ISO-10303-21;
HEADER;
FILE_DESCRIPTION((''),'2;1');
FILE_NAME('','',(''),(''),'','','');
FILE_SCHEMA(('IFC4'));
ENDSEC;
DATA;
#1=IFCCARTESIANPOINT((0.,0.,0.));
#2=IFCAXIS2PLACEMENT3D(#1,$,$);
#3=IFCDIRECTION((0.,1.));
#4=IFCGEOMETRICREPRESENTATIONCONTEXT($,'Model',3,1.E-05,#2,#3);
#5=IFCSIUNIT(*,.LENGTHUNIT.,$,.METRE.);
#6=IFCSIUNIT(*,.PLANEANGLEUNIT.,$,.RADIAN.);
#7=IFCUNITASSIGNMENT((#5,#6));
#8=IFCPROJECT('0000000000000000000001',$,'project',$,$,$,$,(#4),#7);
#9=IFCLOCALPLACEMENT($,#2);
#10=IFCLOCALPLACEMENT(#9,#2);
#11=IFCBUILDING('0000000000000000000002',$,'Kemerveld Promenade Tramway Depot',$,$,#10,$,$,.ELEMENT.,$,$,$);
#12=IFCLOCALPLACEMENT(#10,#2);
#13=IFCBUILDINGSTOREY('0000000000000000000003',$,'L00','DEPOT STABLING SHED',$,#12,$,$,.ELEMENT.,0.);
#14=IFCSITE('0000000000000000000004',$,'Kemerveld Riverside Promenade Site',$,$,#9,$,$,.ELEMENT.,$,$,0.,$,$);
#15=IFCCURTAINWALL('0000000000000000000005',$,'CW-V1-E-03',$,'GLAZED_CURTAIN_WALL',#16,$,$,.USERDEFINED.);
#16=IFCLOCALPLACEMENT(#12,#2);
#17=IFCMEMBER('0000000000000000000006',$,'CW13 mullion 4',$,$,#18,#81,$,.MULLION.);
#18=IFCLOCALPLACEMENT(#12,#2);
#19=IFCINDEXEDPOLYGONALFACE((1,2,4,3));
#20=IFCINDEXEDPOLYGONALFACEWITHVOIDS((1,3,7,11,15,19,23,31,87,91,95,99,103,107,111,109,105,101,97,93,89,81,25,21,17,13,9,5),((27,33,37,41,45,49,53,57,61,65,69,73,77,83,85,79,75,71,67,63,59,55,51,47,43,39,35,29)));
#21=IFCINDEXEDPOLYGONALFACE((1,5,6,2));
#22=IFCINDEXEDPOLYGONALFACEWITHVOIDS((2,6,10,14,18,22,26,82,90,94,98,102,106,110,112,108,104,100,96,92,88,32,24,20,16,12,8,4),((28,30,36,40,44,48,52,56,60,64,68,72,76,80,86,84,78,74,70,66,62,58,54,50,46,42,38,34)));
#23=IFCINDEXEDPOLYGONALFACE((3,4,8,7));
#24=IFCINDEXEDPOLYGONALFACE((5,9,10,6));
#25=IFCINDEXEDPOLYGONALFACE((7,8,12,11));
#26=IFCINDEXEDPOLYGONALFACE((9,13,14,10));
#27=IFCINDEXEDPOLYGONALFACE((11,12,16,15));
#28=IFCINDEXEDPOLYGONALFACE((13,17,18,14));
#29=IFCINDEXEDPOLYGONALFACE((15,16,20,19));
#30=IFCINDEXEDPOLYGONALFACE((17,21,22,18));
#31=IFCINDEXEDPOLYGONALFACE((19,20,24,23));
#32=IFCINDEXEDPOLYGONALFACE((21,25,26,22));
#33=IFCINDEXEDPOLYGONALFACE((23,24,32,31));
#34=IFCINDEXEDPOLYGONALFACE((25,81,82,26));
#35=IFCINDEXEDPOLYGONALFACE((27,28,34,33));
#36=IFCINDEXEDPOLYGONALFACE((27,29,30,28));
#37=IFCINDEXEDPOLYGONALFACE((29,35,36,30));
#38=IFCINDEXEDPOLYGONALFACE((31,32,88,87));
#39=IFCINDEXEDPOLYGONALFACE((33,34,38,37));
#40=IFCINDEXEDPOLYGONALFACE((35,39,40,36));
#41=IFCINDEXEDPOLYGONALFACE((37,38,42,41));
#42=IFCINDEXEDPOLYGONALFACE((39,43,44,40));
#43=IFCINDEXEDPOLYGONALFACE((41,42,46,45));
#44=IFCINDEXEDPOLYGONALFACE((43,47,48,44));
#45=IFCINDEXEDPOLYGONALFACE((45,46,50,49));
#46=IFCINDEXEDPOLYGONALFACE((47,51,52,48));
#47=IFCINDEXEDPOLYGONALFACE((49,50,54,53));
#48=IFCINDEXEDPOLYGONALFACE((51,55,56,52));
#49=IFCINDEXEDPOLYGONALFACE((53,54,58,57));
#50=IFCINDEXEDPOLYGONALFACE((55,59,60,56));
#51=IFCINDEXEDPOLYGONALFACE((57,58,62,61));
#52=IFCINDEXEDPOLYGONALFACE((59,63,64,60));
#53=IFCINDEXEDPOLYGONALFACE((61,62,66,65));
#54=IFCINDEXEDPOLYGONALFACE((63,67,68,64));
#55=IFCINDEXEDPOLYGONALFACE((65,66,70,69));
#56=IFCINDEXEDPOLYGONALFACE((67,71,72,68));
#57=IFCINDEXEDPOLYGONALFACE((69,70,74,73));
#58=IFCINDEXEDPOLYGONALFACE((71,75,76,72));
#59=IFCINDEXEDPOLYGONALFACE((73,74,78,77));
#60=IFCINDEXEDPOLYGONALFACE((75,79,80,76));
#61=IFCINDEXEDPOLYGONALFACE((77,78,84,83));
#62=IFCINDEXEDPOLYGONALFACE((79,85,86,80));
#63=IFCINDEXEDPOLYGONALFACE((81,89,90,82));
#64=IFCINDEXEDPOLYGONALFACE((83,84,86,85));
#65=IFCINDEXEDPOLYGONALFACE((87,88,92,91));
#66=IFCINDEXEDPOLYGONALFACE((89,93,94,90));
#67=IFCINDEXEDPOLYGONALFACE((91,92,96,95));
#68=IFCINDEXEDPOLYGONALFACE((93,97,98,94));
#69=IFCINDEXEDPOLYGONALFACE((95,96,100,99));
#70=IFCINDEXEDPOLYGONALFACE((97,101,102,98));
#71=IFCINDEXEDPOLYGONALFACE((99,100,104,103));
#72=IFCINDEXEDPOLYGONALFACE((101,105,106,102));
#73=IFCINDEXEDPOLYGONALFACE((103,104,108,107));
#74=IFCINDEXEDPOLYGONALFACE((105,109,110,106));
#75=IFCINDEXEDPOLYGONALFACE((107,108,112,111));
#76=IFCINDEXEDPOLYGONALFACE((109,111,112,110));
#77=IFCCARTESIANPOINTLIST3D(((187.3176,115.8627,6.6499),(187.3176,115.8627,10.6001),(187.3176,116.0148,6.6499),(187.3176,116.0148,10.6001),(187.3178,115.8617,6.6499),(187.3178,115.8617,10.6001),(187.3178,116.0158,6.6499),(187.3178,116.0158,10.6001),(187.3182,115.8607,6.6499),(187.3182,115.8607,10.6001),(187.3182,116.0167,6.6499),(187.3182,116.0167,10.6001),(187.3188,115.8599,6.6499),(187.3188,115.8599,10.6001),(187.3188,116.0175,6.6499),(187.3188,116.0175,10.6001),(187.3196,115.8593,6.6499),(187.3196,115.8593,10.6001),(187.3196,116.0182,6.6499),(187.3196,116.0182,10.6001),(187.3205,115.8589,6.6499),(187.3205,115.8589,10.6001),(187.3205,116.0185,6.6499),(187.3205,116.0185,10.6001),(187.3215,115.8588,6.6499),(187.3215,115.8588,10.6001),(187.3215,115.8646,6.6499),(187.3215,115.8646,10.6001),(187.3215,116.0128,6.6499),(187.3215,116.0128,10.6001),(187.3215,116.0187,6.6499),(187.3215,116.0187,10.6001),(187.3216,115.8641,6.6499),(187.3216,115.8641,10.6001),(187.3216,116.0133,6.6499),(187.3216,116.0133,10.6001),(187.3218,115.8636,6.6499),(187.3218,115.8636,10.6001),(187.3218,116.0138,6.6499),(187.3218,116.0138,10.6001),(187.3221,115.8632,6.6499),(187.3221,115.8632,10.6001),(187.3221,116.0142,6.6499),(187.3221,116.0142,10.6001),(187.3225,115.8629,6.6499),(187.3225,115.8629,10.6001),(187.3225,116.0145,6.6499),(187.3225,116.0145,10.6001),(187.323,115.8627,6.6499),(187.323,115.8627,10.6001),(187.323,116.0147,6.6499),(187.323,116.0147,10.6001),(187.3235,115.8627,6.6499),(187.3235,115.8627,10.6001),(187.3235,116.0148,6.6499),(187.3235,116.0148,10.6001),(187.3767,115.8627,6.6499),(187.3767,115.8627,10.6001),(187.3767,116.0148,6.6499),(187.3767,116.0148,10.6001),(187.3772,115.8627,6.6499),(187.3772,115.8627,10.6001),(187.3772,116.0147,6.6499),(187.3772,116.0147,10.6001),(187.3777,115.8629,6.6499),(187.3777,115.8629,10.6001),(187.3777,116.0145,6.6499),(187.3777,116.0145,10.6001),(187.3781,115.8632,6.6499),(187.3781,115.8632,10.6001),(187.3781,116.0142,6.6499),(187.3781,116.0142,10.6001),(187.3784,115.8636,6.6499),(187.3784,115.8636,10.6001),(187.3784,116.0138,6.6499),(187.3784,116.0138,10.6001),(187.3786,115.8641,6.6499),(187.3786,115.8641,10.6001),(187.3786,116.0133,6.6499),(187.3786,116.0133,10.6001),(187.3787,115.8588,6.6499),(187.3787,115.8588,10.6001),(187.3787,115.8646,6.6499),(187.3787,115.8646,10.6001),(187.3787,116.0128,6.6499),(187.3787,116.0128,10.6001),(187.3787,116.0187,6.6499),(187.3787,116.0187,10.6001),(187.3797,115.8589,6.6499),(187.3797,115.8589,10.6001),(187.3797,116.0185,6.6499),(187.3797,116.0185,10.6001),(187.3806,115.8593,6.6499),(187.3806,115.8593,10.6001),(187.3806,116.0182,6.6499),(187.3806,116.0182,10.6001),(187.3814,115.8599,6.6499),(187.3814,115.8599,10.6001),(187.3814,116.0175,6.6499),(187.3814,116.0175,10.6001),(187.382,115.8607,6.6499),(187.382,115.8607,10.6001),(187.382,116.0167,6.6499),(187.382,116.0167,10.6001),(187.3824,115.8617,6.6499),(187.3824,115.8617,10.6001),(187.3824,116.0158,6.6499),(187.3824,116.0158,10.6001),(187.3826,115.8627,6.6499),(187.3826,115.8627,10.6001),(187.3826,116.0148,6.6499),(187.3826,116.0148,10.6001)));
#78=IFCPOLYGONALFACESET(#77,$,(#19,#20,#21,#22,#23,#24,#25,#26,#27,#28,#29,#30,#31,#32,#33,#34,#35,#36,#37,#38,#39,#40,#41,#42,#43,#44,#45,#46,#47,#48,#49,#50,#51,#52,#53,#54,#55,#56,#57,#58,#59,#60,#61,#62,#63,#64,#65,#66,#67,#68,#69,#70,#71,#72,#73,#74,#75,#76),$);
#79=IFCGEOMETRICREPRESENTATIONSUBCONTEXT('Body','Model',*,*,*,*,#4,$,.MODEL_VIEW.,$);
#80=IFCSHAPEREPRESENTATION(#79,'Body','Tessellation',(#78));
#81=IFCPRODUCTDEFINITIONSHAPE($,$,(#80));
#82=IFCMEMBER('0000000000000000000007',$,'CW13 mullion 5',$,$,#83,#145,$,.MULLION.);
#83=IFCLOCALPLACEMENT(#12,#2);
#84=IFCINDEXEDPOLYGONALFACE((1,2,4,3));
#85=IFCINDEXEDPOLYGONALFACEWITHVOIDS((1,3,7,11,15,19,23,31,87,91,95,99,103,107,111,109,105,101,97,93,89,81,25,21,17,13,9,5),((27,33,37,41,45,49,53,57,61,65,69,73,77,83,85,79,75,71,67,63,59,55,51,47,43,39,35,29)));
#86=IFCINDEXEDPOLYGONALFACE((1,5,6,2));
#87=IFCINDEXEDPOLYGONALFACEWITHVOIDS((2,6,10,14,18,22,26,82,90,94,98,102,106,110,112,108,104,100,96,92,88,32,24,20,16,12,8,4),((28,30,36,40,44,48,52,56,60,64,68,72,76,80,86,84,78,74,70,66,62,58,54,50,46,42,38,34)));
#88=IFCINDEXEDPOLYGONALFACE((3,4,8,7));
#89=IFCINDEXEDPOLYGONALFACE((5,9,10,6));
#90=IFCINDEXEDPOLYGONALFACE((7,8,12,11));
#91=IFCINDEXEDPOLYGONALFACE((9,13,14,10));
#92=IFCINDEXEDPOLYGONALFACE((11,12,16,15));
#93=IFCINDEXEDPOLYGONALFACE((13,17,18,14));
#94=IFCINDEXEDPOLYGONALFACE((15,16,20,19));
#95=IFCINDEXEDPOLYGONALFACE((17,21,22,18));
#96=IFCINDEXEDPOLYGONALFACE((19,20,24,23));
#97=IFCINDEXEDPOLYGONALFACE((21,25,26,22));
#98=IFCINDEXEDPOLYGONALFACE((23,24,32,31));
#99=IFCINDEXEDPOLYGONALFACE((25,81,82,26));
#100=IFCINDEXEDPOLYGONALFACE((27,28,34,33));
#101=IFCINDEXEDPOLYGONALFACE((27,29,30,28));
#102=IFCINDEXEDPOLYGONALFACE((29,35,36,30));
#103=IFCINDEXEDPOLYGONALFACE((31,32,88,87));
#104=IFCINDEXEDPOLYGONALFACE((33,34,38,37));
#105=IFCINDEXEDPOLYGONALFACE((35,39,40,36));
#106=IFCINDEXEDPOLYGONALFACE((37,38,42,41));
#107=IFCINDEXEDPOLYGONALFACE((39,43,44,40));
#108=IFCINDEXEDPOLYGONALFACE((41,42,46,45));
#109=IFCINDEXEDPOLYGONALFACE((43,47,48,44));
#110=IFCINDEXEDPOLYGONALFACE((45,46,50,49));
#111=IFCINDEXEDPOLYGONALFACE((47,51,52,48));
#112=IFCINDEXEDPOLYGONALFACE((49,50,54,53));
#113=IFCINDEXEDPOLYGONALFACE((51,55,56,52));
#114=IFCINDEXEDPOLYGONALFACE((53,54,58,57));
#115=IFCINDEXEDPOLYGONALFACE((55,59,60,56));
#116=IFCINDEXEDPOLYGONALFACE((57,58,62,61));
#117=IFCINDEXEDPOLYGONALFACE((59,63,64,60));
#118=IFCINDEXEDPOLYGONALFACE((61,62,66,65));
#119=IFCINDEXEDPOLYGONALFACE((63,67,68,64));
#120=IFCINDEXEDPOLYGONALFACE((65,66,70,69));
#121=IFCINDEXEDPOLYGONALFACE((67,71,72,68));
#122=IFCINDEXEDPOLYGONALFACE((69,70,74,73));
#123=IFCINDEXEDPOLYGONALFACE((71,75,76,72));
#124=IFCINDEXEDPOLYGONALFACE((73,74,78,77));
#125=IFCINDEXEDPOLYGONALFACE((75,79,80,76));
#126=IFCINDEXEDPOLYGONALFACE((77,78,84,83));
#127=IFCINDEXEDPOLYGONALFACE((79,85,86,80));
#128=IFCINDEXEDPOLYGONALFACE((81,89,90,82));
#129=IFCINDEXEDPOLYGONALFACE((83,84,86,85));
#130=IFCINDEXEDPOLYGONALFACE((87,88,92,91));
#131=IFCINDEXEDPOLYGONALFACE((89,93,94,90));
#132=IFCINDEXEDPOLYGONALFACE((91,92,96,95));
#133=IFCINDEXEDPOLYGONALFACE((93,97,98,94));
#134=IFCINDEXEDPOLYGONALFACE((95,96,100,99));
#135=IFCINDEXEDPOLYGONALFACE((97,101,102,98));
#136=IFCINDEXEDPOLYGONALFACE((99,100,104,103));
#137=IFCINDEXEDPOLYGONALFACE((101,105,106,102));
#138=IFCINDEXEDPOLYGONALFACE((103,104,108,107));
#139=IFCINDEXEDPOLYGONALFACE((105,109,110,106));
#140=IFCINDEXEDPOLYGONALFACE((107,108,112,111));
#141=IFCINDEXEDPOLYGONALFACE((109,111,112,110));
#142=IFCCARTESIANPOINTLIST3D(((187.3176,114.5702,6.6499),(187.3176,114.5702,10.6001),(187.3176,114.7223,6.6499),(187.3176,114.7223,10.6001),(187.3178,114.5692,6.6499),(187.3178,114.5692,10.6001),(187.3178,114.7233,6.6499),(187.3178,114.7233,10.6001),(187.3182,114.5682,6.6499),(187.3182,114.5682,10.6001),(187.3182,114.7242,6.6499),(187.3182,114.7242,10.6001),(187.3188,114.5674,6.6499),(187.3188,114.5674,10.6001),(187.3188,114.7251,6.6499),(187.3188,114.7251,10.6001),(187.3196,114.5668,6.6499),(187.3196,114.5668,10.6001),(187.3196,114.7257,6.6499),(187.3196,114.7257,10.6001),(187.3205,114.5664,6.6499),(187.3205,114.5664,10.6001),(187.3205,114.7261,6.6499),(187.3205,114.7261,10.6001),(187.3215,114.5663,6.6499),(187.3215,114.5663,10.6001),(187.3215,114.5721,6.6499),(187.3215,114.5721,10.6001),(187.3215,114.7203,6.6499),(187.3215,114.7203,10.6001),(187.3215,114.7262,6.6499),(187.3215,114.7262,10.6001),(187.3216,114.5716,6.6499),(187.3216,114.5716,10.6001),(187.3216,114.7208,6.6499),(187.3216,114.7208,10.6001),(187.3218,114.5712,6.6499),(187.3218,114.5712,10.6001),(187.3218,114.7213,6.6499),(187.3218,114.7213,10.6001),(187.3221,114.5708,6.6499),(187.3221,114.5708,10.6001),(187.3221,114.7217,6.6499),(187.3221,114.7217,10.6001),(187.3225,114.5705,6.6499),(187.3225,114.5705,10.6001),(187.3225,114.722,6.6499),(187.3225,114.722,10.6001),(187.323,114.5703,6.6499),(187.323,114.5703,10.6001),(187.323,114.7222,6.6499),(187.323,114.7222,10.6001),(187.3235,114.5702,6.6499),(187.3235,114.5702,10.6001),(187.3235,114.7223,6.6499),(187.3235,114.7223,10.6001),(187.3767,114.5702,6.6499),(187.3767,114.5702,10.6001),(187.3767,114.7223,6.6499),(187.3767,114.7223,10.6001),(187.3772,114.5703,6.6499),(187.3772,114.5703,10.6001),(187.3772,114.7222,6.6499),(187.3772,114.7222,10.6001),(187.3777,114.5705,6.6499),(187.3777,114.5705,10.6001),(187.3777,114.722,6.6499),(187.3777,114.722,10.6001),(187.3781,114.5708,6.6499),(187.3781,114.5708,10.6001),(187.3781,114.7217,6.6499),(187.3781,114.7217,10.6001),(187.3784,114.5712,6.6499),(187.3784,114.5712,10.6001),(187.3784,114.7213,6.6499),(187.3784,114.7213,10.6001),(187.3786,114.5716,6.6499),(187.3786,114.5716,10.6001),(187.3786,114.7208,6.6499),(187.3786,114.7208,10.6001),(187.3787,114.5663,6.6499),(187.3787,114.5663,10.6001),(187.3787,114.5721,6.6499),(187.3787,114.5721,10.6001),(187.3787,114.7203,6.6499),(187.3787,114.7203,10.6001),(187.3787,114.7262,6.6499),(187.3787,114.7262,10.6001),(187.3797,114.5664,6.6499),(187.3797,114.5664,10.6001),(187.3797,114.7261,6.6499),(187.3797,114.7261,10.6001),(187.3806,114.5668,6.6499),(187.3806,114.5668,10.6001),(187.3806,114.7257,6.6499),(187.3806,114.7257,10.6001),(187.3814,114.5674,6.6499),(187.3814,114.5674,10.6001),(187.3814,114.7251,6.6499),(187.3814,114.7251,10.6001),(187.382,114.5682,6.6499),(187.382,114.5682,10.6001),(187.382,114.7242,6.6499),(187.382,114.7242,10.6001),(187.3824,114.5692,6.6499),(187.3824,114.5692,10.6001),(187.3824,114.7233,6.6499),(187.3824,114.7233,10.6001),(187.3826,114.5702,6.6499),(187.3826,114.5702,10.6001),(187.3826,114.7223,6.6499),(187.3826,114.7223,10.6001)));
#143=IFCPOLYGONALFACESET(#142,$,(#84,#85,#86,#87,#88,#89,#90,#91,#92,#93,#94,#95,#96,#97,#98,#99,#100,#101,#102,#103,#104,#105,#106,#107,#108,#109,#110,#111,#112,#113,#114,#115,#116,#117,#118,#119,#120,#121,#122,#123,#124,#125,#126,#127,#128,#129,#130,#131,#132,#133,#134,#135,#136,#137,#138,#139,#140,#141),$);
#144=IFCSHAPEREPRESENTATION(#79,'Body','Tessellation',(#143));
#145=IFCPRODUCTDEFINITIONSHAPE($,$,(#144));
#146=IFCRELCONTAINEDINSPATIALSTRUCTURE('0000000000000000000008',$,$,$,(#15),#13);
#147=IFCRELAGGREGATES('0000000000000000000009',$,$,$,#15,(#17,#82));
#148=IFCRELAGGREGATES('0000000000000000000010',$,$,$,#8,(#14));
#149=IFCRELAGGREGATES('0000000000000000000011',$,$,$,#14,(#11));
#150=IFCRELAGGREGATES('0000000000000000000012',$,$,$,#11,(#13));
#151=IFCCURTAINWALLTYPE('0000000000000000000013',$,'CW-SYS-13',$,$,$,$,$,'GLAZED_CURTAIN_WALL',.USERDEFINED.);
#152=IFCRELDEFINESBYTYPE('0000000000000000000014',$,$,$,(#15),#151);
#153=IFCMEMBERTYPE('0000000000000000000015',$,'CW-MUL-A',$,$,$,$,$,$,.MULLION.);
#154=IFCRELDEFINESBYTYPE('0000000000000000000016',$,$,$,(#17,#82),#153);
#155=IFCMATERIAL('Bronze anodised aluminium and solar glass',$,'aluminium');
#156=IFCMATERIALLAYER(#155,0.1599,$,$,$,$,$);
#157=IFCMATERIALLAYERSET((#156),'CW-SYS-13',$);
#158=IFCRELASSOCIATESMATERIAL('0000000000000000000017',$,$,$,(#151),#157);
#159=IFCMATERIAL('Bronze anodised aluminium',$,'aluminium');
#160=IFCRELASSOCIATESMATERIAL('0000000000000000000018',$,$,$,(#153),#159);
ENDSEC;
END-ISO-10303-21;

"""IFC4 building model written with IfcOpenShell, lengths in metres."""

from ifc_helpers import new_model, si_unit, direction, frame, origin, origin_2d, place, context, subcontext, project, spatial, hollow_rectangle, extrude, material, layer, layer_set, material_profile, profile_set, type_object, element, aggregate, save


model = new_model("IFC4")

# Units and contexts
model_context = context("Model", 3, precision=1e-05, world=origin(), true_north=direction((0.0, 1.0)))
body_context = subcontext(model_context, "Body", "Model", "MODEL_VIEW")
ifc_project = project(units=[si_unit("LENGTHUNIT", "METRE"), si_unit("PLANEANGLEUNIT", "RADIAN")], contexts=[model_context])

# Site, building, storey
site_placement = place(None, origin())
site = spatial("IfcSite", under=ifc_project, at=site_placement, Name="Kemerveld Riverside Promenade Site", CompositionType="ELEMENT", RefElevation=0.0)
building_placement = place(site_placement, origin())
building = spatial("IfcBuilding", under=site, at=building_placement, Name="Kemerveld Promenade Tramway Depot", CompositionType="ELEMENT")
storey_placement = place(building_placement, origin())
storey = spatial("IfcBuildingStorey", under=building, at=storey_placement, Name="L00", Description="DEPOT STABLING SHED", CompositionType="ELEMENT", Elevation=0.0)

# Curtain wall, members
ifc_material_1 = material(Name="Bronze anodised aluminium and solar glass", Category="aluminium")
ifc_layer_1 = layer(ifc_material_1, 0.1599)
ifc_layer_set_1 = layer_set([ifc_layer_1], Name="CW-SYS-13")
curtain_wall_type = type_object("IfcCurtainWallType", Name="CW-SYS-13", ElementType="GLAZED_CURTAIN_WALL", PredefinedType="USERDEFINED", material=ifc_layer_set_1)
curtain_wall_placement = place(storey_placement, origin())
curtain_wall = element("IfcCurtainWall", 1, at=curtain_wall_placement, inside=storey, type_object=curtain_wall_type, Name="CW-V1-E-03", ObjectType="GLAZED_CURTAIN_WALL", PredefinedType="USERDEFINED")
ifc_material_2 = material(Name="Bronze anodised aluminium", Category="aluminium")
ifc_material_profile_1 = material_profile(ifc_material_2, hollow_rectangle(XDim=0.0649, YDim=0.1599, WallThickness=0.0039, InnerFilletRadius=0.002, OuterFilletRadius=0.0039, at=origin_2d()), Name="CW-MUL-160x65")
ifc_profile_set_1 = profile_set([ifc_material_profile_1], Name="Bronze anodised aluminium")
member_type_1 = type_object("IfcMemberType", Name="CW-MUL-A", PredefinedType="MULLION", material=ifc_profile_set_1)
member_1_placement = place(storey_placement, frame((187.3501, 115.9387, 6.6499), z_axis=(0.0, 0.0, 1.0), x_axis=(1.0, 0.0, 0.0)))
member_1 = element("IfcMember", 2, at=member_1_placement, type_object=member_type_1, Name="CW13 mullion 4", PredefinedType="MULLION", context=body_context, shape_type="SweptSolid", body=[
    extrude(hollow_rectangle(XDim=0.0649, YDim=0.1599, WallThickness=0.0039, InnerFilletRadius=0.002, OuterFilletRadius=0.0039, at=origin_2d()), origin(), (0.0, 0.0, 1.0), 3.9502),
])
member_2_placement = place(storey_placement, frame((187.3501, 114.6462, 6.6499), z_axis=(0.0, 0.0, 1.0), x_axis=(1.0, 0.0, 0.0)))
member_2 = element("IfcMember", 3, at=member_2_placement, type_object=member_type_1, Name="CW13 mullion 5", PredefinedType="MULLION", context=body_context, shape_type="SweptSolid", body=[
    extrude(hollow_rectangle(XDim=0.0649, YDim=0.1599, WallThickness=0.0039, InnerFilletRadius=0.002, OuterFilletRadius=0.0039, at=origin_2d()), origin(), (0.0, 0.0, 1.0), 3.9502),
])
aggregate(curtain_wall, [member_1, member_2])

save(model, "model.ifc")
